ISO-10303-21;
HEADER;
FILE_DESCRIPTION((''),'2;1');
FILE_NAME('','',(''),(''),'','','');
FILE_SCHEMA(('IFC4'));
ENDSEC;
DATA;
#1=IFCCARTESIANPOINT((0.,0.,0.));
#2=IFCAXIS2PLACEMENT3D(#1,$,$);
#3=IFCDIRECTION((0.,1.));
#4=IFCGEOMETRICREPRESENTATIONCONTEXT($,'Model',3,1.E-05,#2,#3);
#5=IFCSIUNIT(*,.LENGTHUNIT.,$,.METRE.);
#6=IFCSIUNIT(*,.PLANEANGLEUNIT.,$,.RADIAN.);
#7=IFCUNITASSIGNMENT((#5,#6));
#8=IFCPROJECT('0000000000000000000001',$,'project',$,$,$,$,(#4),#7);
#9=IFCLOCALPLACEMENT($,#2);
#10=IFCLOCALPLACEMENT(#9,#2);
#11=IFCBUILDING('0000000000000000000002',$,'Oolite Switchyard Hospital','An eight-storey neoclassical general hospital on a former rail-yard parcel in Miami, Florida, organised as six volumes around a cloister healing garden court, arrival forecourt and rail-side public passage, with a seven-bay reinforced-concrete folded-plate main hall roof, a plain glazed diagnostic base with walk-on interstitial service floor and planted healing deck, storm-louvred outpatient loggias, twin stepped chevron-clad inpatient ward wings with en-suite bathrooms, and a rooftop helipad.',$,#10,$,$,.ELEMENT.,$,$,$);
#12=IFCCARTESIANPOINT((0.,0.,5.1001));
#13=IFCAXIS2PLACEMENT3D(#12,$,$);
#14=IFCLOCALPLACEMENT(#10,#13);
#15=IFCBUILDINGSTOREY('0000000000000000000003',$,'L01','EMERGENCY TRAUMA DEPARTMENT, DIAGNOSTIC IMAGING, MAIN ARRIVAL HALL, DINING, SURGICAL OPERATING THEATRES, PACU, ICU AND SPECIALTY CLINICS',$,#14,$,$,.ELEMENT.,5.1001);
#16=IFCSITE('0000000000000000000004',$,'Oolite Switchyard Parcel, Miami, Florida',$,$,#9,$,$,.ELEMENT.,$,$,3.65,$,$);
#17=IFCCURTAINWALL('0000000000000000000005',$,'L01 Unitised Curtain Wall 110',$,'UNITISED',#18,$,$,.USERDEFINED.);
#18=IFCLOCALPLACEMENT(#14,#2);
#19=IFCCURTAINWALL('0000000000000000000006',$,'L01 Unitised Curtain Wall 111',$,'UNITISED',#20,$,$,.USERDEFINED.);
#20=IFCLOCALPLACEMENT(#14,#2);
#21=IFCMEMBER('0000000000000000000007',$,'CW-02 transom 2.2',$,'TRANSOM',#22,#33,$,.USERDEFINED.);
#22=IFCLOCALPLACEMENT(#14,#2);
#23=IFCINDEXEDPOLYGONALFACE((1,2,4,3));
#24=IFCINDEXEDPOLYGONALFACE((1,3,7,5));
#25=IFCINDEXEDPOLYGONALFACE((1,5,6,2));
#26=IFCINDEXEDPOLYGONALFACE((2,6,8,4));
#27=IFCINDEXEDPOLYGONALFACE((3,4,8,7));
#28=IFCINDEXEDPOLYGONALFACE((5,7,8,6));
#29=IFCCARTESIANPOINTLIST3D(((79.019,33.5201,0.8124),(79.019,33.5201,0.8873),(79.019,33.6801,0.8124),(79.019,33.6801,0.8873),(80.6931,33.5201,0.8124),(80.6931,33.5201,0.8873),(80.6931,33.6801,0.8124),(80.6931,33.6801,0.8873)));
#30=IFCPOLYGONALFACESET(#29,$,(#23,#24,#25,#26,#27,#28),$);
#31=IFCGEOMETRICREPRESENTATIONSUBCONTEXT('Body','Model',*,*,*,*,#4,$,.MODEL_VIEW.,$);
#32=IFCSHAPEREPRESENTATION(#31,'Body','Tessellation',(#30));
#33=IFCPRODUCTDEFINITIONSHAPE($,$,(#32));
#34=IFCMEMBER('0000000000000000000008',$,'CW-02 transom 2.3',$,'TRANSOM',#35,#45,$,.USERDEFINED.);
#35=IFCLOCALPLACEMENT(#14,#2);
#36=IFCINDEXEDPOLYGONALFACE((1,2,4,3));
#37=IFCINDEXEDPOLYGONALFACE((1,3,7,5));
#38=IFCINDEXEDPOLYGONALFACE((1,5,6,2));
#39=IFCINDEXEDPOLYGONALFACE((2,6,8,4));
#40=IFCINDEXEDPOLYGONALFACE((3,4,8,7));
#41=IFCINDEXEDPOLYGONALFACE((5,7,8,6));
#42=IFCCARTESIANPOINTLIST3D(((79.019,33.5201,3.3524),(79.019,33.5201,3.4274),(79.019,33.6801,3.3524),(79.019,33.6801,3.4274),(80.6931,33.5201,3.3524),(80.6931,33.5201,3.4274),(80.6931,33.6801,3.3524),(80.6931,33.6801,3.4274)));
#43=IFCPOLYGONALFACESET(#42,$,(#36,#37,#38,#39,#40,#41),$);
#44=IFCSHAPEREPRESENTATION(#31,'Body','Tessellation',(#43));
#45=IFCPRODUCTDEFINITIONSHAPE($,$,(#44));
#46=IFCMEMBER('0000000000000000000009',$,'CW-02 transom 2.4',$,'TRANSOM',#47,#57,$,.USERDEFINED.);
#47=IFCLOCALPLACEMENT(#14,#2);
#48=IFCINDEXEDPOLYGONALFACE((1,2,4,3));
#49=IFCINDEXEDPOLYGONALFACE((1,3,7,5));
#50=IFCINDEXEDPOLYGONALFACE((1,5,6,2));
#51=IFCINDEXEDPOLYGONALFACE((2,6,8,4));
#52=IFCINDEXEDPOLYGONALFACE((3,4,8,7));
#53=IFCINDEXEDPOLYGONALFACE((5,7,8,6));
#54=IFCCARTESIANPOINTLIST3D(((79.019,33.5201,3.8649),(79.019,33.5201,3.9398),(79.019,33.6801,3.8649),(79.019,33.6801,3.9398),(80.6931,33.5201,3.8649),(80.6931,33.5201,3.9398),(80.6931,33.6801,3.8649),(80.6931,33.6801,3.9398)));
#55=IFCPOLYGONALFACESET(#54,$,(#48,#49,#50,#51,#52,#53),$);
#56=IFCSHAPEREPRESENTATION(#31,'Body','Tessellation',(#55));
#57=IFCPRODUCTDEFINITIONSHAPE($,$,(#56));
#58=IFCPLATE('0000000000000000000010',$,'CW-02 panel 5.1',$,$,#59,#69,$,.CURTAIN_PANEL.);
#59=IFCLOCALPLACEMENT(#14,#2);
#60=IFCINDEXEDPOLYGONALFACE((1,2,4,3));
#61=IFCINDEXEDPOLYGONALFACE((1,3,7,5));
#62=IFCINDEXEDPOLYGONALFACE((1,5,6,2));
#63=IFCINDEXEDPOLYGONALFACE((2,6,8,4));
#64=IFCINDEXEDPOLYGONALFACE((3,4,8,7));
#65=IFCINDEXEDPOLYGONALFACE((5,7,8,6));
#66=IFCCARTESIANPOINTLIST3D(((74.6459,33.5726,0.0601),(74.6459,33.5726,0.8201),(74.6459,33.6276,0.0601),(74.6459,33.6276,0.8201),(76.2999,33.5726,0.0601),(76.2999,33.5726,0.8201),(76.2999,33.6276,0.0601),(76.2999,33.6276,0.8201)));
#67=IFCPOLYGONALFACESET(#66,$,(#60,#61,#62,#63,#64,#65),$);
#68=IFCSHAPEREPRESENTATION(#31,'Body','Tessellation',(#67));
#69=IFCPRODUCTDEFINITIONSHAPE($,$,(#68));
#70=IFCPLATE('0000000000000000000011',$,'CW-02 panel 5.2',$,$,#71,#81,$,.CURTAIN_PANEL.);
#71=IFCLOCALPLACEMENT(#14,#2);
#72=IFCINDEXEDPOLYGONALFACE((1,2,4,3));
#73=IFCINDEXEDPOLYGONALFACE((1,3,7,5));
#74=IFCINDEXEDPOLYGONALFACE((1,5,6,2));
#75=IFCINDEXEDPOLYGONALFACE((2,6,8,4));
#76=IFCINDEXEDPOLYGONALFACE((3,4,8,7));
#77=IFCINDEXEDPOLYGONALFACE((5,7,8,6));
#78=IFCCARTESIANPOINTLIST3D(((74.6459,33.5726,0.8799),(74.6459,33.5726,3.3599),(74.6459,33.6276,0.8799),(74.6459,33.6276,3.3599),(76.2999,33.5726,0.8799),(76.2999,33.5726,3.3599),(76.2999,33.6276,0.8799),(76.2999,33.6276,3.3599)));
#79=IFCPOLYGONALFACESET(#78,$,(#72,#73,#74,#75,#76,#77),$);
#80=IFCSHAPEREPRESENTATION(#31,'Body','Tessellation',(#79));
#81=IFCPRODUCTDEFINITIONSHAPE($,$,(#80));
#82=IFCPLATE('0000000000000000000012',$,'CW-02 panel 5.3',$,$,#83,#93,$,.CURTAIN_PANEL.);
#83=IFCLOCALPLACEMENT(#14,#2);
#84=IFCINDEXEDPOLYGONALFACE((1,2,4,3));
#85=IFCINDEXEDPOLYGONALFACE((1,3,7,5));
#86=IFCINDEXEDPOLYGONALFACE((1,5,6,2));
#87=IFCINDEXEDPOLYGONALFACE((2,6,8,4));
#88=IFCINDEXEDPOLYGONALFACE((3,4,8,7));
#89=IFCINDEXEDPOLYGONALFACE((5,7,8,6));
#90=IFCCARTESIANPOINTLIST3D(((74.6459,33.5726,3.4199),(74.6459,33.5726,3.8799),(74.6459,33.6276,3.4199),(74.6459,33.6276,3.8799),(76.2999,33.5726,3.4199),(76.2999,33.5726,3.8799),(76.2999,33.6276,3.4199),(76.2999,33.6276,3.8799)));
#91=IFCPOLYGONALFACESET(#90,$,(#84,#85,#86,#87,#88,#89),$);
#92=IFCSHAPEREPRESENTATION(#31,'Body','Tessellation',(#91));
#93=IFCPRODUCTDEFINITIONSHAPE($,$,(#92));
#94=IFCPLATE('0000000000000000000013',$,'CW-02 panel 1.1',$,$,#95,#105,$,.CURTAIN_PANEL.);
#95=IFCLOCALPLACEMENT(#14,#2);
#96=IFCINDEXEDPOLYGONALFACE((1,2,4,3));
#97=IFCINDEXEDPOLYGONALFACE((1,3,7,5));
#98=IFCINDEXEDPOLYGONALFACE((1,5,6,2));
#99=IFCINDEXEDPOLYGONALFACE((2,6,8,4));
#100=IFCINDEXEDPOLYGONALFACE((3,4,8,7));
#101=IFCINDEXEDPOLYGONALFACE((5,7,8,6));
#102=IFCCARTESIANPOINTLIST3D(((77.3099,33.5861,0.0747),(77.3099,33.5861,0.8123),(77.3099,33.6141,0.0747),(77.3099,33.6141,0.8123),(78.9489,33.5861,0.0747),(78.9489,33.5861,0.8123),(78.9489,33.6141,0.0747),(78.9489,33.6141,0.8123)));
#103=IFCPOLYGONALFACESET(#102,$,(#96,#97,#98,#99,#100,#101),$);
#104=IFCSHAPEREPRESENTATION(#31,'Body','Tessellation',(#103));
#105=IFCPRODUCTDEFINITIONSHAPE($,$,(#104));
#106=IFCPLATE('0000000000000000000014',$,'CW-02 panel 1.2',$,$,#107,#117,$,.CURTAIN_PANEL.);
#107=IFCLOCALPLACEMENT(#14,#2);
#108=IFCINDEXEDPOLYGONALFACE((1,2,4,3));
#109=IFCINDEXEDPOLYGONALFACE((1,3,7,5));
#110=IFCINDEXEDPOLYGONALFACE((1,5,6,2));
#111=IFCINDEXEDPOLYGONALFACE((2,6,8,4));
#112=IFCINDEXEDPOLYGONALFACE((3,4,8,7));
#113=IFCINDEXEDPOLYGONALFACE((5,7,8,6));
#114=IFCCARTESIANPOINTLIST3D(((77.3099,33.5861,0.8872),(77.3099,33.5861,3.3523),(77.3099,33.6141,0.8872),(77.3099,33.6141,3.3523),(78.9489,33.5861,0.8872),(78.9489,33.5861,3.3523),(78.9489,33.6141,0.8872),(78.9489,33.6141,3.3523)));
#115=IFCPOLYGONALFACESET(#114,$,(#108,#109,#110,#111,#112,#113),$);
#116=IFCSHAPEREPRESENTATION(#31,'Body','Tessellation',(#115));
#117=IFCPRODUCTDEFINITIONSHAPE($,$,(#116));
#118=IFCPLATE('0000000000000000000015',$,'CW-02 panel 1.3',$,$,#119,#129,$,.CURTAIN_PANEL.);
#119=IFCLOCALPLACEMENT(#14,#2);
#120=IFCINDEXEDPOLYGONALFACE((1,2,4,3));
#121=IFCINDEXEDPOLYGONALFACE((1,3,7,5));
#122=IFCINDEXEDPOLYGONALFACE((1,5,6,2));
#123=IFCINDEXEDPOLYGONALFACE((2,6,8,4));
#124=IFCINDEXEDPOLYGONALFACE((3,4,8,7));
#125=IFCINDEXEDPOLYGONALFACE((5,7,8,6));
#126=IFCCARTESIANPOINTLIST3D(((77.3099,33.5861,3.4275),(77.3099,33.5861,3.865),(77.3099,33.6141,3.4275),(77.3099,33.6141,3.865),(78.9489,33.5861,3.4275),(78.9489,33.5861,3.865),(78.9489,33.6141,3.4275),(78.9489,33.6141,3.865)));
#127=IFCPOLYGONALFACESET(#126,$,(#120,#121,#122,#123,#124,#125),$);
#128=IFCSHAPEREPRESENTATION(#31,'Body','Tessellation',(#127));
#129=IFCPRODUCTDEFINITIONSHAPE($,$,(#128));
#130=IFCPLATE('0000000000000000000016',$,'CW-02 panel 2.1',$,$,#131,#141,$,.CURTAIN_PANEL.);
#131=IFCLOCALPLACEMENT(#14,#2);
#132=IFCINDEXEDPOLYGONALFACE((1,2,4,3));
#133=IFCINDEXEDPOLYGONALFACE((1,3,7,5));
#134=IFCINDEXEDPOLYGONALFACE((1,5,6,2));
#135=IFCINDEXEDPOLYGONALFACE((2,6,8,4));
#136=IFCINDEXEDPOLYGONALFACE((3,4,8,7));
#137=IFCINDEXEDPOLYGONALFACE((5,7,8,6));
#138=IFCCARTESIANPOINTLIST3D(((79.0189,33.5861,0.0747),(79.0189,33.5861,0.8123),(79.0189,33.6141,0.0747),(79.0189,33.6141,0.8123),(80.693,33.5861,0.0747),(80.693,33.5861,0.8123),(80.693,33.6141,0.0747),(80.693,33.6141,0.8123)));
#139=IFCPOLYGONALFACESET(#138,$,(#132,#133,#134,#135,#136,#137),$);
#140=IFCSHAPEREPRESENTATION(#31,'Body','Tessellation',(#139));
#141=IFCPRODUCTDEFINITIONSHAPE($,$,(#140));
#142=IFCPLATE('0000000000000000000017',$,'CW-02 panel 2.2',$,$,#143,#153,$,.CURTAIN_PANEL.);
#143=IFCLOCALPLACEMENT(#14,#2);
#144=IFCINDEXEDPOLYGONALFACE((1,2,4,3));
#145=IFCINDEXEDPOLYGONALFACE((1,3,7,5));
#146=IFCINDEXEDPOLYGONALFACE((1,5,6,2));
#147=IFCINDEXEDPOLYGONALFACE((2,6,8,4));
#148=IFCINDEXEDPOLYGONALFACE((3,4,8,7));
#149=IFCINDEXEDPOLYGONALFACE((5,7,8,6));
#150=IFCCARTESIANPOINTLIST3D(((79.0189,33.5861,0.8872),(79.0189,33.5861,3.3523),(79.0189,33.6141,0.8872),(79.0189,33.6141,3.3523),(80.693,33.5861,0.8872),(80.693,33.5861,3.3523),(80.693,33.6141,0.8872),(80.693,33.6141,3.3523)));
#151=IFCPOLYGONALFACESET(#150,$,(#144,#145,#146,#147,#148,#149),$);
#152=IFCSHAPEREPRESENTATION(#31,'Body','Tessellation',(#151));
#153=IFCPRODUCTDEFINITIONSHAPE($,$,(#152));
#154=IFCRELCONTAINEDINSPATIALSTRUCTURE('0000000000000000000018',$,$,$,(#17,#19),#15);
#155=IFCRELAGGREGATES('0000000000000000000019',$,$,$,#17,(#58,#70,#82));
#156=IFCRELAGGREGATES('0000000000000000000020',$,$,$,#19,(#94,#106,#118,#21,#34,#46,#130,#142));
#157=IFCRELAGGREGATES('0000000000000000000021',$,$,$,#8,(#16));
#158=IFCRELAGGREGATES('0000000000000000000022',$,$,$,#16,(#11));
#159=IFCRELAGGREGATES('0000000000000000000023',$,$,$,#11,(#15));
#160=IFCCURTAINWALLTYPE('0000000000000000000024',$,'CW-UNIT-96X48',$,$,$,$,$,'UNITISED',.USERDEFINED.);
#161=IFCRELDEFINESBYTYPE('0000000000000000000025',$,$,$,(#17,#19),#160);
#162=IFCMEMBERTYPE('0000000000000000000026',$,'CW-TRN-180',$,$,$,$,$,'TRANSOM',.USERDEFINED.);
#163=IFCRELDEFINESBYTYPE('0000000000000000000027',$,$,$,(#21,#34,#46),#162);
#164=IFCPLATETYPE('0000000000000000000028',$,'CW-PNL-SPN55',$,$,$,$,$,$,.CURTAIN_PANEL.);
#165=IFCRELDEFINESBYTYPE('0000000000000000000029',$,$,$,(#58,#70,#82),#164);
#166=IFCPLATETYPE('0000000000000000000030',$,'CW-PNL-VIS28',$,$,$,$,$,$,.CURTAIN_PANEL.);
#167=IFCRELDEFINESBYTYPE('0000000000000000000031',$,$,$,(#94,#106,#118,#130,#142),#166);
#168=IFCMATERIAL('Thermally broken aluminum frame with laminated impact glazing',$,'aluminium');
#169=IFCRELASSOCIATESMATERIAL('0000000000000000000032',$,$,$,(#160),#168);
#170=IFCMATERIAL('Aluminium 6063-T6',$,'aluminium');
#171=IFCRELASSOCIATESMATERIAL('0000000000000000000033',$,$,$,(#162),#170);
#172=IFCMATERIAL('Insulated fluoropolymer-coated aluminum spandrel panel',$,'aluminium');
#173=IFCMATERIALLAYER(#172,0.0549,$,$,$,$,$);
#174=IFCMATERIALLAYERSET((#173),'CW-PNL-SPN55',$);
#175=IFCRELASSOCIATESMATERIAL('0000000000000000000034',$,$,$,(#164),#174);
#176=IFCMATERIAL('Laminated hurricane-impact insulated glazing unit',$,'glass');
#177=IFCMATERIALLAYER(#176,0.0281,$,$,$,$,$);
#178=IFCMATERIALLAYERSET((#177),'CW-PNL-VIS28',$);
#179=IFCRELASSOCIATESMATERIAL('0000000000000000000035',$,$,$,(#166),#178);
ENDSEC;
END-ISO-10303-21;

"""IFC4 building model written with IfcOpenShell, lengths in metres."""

from ifc_helpers import new_model, si_unit, direction, frame, origin, origin_2d, place, context, subcontext, project, spatial, rectangle, extrude, material, layer, layer_set, material_profile, profile_set, type_object, element, aggregate, save


model = new_model("IFC4")

# Units and contexts
model_context = context("Model", 3, precision=1e-05, world=origin(), true_north=direction((0.0, 1.0)))
body_context = subcontext(model_context, "Body", "Model", "MODEL_VIEW")
ifc_project = project(units=[si_unit("LENGTHUNIT", "METRE"), si_unit("PLANEANGLEUNIT", "RADIAN")], contexts=[model_context])

# Site, building, storey
site_placement = place(None, origin())
site = spatial("IfcSite", under=ifc_project, at=site_placement, Name="Oolite Switchyard Parcel, Miami, Florida", CompositionType="ELEMENT", RefElevation=3.65)
building_placement = place(site_placement, origin())
building = spatial("IfcBuilding", under=site, at=building_placement, Name="Oolite Switchyard Hospital", Description="An eight-storey neoclassical general hospital on a former rail-yard parcel in Miami, Florida, organised as six volumes around a cloister healing garden court, arrival forecourt and rail-side public passage, with a seven-bay reinforced-concrete folded-plate main hall roof, a plain glazed diagnostic base with walk-on interstitial service floor and planted healing deck, storm-louvred outpatient loggias, twin stepped chevron-clad inpatient ward wings with en-suite bathrooms, and a rooftop helipad.", CompositionType="ELEMENT")
storey_placement = place(building_placement, frame((0.0, 0.0, 5.1001)))
storey = spatial("IfcBuildingStorey", under=building, at=storey_placement, Name="L01", Description="EMERGENCY TRAUMA DEPARTMENT, DIAGNOSTIC IMAGING, MAIN ARRIVAL HALL, DINING, SURGICAL OPERATING THEATRES, PACU, ICU AND SPECIALTY CLINICS", CompositionType="ELEMENT", Elevation=5.1001)

# Curtain wall
ifc_material_1 = material(Name="Thermally broken aluminum frame with laminated impact glazing", Category="aluminium")
curtain_wall_type = type_object("IfcCurtainWallType", Name="CW-UNIT-96X48", ElementType="UNITISED", PredefinedType="USERDEFINED", material=ifc_material_1)
curtain_wall_1_placement = place(storey_placement, origin())
curtain_wall_1 = element("IfcCurtainWall", 1, at=curtain_wall_1_placement, inside=storey, type_object=curtain_wall_type, Name="L01 Unitised Curtain Wall 110", ObjectType="UNITISED", PredefinedType="USERDEFINED")
ifc_material_2 = material(Name="Aluminium 6063-T6", Category="aluminium")

# Curtain wall
curtain_wall_2_placement = place(storey_placement, origin())
curtain_wall_2 = element("IfcCurtainWall", 2, at=curtain_wall_2_placement, inside=storey, type_object=curtain_wall_type, Name="L01 Unitised Curtain Wall 111", ObjectType="UNITISED", PredefinedType="USERDEFINED")

# Members
ifc_material_profile_1 = material_profile(ifc_material_2, rectangle(XDim=0.1599, YDim=0.075, at=origin_2d()), Name="CWT75X160")
ifc_profile_set_1 = profile_set([ifc_material_profile_1], Name="Aluminium 6063-T6")
member_type_1 = type_object("IfcMemberType", Name="CW-TRN-180", ElementType="TRANSOM", PredefinedType="USERDEFINED", material=ifc_profile_set_1)
member_1_placement = place(storey_placement, frame((79.019, 33.6001, 0.8499), z_axis=(1.0, 0.0, 0.0), x_axis=(0.0, 1.0, 0.0)))
member_1 = element("IfcMember", 3, at=member_1_placement, type_object=member_type_1, Name="CW-02 transom 2.2", ObjectType="TRANSOM", PredefinedType="USERDEFINED", context=body_context, shape_type="SweptSolid", body=[
    extrude(rectangle(XDim=0.1599, YDim=0.075, at=origin_2d()), origin(), (0.0, 0.0, 1.0), 1.6741),
])
member_2_placement = place(storey_placement, frame((79.019, 33.6001, 3.3899), z_axis=(1.0, 0.0, 0.0), x_axis=(0.0, 1.0, 0.0)))
member_2 = element("IfcMember", 4, at=member_2_placement, type_object=member_type_1, Name="CW-02 transom 2.3", ObjectType="TRANSOM", PredefinedType="USERDEFINED", context=body_context, shape_type="SweptSolid", body=[
    extrude(rectangle(XDim=0.1599, YDim=0.075, at=origin_2d()), origin(), (0.0, 0.0, 1.0), 1.6741),
])
member_3_placement = place(storey_placement, frame((79.019, 33.6001, 3.9023), z_axis=(1.0, 0.0, 0.0), x_axis=(0.0, 1.0, 0.0)))
member_3 = element("IfcMember", 5, at=member_3_placement, type_object=member_type_1, Name="CW-02 transom 2.4", ObjectType="TRANSOM", PredefinedType="USERDEFINED", context=body_context, shape_type="SweptSolid", body=[
    extrude(rectangle(XDim=0.1599, YDim=0.075, at=origin_2d()), origin(), (0.0, 0.0, 1.0), 1.6741),
])

# Plates
ifc_material_3 = material(Name="Insulated fluoropolymer-coated aluminum spandrel panel", Category="aluminium")
ifc_layer_1 = layer(ifc_material_3, 0.0549)
ifc_layer_set_1 = layer_set([ifc_layer_1], Name="CW-PNL-SPN55")
plate_type_1 = type_object("IfcPlateType", Name="CW-PNL-SPN55", PredefinedType="CURTAIN_PANEL", material=ifc_layer_set_1)
plate_1_placement = place(storey_placement, frame((75.4729, 33.6001, 0.0601), z_axis=(0.0, 0.0, 1.0), x_axis=(1.0, 0.0, 0.0)))
plate_1 = element("IfcPlate", 6, at=plate_1_placement, type_object=plate_type_1, Name="CW-02 panel 5.1", PredefinedType="CURTAIN_PANEL", context=body_context, shape_type="SweptSolid", body=[
    extrude(rectangle(XDim=1.6541, YDim=0.0549, at=origin_2d()), origin(), (0.0, 0.0, 1.0), 0.76),
])
plate_2_placement = place(storey_placement, frame((75.4729, 33.6001, 0.8799), z_axis=(0.0, 0.0, 1.0), x_axis=(1.0, 0.0, 0.0)))
plate_2 = element("IfcPlate", 7, at=plate_2_placement, type_object=plate_type_1, Name="CW-02 panel 5.2", PredefinedType="CURTAIN_PANEL", context=body_context, shape_type="SweptSolid", body=[
    extrude(rectangle(XDim=1.6541, YDim=0.0549, at=origin_2d()), origin(), (0.0, 0.0, 1.0), 2.48),
])
plate_3_placement = place(storey_placement, frame((75.4729, 33.6001, 3.4199), z_axis=(0.0, 0.0, 1.0), x_axis=(1.0, 0.0, 0.0)))
plate_3 = element("IfcPlate", 8, at=plate_3_placement, type_object=plate_type_1, Name="CW-02 panel 5.3", PredefinedType="CURTAIN_PANEL", context=body_context, shape_type="SweptSolid", body=[
    extrude(rectangle(XDim=1.6541, YDim=0.0549, at=origin_2d()), origin(), (0.0, 0.0, 1.0), 0.46),
])
aggregate(curtain_wall_1, [plate_1, plate_2, plate_3])
ifc_material_4 = material(Name="Laminated hurricane-impact insulated glazing unit", Category="glass")
ifc_layer_2 = layer(ifc_material_4, 0.0281)
ifc_layer_set_2 = layer_set([ifc_layer_2], Name="CW-PNL-VIS28")
plate_type_2 = type_object("IfcPlateType", Name="CW-PNL-VIS28", PredefinedType="CURTAIN_PANEL", material=ifc_layer_set_2)
plate_4_placement = place(storey_placement, frame((78.1294, 33.6001, 0.0747), z_axis=(0.0, 0.0, 1.0), x_axis=(1.0, 0.0, 0.0)))
plate_4 = element("IfcPlate", 9, at=plate_4_placement, type_object=plate_type_2, Name="CW-02 panel 1.1", PredefinedType="CURTAIN_PANEL", context=body_context, shape_type="SweptSolid", body=[
    extrude(rectangle(XDim=1.6389, YDim=0.0281, at=origin_2d()), origin(), (0.0, 0.0, 1.0), 0.7375),
])
plate_5_placement = place(storey_placement, frame((78.1294, 33.6001, 0.8872), z_axis=(0.0, 0.0, 1.0), x_axis=(1.0, 0.0, 0.0)))
plate_5 = element("IfcPlate", 10, at=plate_5_placement, type_object=plate_type_2, Name="CW-02 panel 1.2", PredefinedType="CURTAIN_PANEL", context=body_context, shape_type="SweptSolid", body=[
    extrude(rectangle(XDim=1.6389, YDim=0.0281, at=origin_2d()), origin(), (0.0, 0.0, 1.0), 2.4651),
])
plate_6_placement = place(storey_placement, frame((78.1294, 33.6001, 3.4275), z_axis=(0.0, 0.0, 1.0), x_axis=(1.0, 0.0, 0.0)))
plate_6 = element("IfcPlate", 11, at=plate_6_placement, type_object=plate_type_2, Name="CW-02 panel 1.3", PredefinedType="CURTAIN_PANEL", context=body_context, shape_type="SweptSolid", body=[
    extrude(rectangle(XDim=1.6389, YDim=0.0281, at=origin_2d()), origin(), (0.0, 0.0, 1.0), 0.4375),
])
plate_7_placement = place(storey_placement, frame((79.856, 33.6001, 0.0747), z_axis=(0.0, 0.0, 1.0), x_axis=(1.0, 0.0, 0.0)))
plate_7 = element("IfcPlate", 12, at=plate_7_placement, type_object=plate_type_2, Name="CW-02 panel 2.1", PredefinedType="CURTAIN_PANEL", context=body_context, shape_type="SweptSolid", body=[
    extrude(rectangle(XDim=1.6741, YDim=0.0281, at=origin_2d()), origin(), (0.0, 0.0, 1.0), 0.7375),
])
plate_8_placement = place(storey_placement, frame((79.856, 33.6001, 0.8872), z_axis=(0.0, 0.0, 1.0), x_axis=(1.0, 0.0, 0.0)))
plate_8 = element("IfcPlate", 13, at=plate_8_placement, type_object=plate_type_2, Name="CW-02 panel 2.2", PredefinedType="CURTAIN_PANEL", context=body_context, shape_type="SweptSolid", body=[
    extrude(rectangle(XDim=1.6741, YDim=0.0281, at=origin_2d()), origin(), (0.0, 0.0, 1.0), 2.4651),
])
aggregate(curtain_wall_2, [plate_4, plate_5, plate_6, member_1, member_2, member_3, plate_7, plate_8])

save(model, "model.ifc")
